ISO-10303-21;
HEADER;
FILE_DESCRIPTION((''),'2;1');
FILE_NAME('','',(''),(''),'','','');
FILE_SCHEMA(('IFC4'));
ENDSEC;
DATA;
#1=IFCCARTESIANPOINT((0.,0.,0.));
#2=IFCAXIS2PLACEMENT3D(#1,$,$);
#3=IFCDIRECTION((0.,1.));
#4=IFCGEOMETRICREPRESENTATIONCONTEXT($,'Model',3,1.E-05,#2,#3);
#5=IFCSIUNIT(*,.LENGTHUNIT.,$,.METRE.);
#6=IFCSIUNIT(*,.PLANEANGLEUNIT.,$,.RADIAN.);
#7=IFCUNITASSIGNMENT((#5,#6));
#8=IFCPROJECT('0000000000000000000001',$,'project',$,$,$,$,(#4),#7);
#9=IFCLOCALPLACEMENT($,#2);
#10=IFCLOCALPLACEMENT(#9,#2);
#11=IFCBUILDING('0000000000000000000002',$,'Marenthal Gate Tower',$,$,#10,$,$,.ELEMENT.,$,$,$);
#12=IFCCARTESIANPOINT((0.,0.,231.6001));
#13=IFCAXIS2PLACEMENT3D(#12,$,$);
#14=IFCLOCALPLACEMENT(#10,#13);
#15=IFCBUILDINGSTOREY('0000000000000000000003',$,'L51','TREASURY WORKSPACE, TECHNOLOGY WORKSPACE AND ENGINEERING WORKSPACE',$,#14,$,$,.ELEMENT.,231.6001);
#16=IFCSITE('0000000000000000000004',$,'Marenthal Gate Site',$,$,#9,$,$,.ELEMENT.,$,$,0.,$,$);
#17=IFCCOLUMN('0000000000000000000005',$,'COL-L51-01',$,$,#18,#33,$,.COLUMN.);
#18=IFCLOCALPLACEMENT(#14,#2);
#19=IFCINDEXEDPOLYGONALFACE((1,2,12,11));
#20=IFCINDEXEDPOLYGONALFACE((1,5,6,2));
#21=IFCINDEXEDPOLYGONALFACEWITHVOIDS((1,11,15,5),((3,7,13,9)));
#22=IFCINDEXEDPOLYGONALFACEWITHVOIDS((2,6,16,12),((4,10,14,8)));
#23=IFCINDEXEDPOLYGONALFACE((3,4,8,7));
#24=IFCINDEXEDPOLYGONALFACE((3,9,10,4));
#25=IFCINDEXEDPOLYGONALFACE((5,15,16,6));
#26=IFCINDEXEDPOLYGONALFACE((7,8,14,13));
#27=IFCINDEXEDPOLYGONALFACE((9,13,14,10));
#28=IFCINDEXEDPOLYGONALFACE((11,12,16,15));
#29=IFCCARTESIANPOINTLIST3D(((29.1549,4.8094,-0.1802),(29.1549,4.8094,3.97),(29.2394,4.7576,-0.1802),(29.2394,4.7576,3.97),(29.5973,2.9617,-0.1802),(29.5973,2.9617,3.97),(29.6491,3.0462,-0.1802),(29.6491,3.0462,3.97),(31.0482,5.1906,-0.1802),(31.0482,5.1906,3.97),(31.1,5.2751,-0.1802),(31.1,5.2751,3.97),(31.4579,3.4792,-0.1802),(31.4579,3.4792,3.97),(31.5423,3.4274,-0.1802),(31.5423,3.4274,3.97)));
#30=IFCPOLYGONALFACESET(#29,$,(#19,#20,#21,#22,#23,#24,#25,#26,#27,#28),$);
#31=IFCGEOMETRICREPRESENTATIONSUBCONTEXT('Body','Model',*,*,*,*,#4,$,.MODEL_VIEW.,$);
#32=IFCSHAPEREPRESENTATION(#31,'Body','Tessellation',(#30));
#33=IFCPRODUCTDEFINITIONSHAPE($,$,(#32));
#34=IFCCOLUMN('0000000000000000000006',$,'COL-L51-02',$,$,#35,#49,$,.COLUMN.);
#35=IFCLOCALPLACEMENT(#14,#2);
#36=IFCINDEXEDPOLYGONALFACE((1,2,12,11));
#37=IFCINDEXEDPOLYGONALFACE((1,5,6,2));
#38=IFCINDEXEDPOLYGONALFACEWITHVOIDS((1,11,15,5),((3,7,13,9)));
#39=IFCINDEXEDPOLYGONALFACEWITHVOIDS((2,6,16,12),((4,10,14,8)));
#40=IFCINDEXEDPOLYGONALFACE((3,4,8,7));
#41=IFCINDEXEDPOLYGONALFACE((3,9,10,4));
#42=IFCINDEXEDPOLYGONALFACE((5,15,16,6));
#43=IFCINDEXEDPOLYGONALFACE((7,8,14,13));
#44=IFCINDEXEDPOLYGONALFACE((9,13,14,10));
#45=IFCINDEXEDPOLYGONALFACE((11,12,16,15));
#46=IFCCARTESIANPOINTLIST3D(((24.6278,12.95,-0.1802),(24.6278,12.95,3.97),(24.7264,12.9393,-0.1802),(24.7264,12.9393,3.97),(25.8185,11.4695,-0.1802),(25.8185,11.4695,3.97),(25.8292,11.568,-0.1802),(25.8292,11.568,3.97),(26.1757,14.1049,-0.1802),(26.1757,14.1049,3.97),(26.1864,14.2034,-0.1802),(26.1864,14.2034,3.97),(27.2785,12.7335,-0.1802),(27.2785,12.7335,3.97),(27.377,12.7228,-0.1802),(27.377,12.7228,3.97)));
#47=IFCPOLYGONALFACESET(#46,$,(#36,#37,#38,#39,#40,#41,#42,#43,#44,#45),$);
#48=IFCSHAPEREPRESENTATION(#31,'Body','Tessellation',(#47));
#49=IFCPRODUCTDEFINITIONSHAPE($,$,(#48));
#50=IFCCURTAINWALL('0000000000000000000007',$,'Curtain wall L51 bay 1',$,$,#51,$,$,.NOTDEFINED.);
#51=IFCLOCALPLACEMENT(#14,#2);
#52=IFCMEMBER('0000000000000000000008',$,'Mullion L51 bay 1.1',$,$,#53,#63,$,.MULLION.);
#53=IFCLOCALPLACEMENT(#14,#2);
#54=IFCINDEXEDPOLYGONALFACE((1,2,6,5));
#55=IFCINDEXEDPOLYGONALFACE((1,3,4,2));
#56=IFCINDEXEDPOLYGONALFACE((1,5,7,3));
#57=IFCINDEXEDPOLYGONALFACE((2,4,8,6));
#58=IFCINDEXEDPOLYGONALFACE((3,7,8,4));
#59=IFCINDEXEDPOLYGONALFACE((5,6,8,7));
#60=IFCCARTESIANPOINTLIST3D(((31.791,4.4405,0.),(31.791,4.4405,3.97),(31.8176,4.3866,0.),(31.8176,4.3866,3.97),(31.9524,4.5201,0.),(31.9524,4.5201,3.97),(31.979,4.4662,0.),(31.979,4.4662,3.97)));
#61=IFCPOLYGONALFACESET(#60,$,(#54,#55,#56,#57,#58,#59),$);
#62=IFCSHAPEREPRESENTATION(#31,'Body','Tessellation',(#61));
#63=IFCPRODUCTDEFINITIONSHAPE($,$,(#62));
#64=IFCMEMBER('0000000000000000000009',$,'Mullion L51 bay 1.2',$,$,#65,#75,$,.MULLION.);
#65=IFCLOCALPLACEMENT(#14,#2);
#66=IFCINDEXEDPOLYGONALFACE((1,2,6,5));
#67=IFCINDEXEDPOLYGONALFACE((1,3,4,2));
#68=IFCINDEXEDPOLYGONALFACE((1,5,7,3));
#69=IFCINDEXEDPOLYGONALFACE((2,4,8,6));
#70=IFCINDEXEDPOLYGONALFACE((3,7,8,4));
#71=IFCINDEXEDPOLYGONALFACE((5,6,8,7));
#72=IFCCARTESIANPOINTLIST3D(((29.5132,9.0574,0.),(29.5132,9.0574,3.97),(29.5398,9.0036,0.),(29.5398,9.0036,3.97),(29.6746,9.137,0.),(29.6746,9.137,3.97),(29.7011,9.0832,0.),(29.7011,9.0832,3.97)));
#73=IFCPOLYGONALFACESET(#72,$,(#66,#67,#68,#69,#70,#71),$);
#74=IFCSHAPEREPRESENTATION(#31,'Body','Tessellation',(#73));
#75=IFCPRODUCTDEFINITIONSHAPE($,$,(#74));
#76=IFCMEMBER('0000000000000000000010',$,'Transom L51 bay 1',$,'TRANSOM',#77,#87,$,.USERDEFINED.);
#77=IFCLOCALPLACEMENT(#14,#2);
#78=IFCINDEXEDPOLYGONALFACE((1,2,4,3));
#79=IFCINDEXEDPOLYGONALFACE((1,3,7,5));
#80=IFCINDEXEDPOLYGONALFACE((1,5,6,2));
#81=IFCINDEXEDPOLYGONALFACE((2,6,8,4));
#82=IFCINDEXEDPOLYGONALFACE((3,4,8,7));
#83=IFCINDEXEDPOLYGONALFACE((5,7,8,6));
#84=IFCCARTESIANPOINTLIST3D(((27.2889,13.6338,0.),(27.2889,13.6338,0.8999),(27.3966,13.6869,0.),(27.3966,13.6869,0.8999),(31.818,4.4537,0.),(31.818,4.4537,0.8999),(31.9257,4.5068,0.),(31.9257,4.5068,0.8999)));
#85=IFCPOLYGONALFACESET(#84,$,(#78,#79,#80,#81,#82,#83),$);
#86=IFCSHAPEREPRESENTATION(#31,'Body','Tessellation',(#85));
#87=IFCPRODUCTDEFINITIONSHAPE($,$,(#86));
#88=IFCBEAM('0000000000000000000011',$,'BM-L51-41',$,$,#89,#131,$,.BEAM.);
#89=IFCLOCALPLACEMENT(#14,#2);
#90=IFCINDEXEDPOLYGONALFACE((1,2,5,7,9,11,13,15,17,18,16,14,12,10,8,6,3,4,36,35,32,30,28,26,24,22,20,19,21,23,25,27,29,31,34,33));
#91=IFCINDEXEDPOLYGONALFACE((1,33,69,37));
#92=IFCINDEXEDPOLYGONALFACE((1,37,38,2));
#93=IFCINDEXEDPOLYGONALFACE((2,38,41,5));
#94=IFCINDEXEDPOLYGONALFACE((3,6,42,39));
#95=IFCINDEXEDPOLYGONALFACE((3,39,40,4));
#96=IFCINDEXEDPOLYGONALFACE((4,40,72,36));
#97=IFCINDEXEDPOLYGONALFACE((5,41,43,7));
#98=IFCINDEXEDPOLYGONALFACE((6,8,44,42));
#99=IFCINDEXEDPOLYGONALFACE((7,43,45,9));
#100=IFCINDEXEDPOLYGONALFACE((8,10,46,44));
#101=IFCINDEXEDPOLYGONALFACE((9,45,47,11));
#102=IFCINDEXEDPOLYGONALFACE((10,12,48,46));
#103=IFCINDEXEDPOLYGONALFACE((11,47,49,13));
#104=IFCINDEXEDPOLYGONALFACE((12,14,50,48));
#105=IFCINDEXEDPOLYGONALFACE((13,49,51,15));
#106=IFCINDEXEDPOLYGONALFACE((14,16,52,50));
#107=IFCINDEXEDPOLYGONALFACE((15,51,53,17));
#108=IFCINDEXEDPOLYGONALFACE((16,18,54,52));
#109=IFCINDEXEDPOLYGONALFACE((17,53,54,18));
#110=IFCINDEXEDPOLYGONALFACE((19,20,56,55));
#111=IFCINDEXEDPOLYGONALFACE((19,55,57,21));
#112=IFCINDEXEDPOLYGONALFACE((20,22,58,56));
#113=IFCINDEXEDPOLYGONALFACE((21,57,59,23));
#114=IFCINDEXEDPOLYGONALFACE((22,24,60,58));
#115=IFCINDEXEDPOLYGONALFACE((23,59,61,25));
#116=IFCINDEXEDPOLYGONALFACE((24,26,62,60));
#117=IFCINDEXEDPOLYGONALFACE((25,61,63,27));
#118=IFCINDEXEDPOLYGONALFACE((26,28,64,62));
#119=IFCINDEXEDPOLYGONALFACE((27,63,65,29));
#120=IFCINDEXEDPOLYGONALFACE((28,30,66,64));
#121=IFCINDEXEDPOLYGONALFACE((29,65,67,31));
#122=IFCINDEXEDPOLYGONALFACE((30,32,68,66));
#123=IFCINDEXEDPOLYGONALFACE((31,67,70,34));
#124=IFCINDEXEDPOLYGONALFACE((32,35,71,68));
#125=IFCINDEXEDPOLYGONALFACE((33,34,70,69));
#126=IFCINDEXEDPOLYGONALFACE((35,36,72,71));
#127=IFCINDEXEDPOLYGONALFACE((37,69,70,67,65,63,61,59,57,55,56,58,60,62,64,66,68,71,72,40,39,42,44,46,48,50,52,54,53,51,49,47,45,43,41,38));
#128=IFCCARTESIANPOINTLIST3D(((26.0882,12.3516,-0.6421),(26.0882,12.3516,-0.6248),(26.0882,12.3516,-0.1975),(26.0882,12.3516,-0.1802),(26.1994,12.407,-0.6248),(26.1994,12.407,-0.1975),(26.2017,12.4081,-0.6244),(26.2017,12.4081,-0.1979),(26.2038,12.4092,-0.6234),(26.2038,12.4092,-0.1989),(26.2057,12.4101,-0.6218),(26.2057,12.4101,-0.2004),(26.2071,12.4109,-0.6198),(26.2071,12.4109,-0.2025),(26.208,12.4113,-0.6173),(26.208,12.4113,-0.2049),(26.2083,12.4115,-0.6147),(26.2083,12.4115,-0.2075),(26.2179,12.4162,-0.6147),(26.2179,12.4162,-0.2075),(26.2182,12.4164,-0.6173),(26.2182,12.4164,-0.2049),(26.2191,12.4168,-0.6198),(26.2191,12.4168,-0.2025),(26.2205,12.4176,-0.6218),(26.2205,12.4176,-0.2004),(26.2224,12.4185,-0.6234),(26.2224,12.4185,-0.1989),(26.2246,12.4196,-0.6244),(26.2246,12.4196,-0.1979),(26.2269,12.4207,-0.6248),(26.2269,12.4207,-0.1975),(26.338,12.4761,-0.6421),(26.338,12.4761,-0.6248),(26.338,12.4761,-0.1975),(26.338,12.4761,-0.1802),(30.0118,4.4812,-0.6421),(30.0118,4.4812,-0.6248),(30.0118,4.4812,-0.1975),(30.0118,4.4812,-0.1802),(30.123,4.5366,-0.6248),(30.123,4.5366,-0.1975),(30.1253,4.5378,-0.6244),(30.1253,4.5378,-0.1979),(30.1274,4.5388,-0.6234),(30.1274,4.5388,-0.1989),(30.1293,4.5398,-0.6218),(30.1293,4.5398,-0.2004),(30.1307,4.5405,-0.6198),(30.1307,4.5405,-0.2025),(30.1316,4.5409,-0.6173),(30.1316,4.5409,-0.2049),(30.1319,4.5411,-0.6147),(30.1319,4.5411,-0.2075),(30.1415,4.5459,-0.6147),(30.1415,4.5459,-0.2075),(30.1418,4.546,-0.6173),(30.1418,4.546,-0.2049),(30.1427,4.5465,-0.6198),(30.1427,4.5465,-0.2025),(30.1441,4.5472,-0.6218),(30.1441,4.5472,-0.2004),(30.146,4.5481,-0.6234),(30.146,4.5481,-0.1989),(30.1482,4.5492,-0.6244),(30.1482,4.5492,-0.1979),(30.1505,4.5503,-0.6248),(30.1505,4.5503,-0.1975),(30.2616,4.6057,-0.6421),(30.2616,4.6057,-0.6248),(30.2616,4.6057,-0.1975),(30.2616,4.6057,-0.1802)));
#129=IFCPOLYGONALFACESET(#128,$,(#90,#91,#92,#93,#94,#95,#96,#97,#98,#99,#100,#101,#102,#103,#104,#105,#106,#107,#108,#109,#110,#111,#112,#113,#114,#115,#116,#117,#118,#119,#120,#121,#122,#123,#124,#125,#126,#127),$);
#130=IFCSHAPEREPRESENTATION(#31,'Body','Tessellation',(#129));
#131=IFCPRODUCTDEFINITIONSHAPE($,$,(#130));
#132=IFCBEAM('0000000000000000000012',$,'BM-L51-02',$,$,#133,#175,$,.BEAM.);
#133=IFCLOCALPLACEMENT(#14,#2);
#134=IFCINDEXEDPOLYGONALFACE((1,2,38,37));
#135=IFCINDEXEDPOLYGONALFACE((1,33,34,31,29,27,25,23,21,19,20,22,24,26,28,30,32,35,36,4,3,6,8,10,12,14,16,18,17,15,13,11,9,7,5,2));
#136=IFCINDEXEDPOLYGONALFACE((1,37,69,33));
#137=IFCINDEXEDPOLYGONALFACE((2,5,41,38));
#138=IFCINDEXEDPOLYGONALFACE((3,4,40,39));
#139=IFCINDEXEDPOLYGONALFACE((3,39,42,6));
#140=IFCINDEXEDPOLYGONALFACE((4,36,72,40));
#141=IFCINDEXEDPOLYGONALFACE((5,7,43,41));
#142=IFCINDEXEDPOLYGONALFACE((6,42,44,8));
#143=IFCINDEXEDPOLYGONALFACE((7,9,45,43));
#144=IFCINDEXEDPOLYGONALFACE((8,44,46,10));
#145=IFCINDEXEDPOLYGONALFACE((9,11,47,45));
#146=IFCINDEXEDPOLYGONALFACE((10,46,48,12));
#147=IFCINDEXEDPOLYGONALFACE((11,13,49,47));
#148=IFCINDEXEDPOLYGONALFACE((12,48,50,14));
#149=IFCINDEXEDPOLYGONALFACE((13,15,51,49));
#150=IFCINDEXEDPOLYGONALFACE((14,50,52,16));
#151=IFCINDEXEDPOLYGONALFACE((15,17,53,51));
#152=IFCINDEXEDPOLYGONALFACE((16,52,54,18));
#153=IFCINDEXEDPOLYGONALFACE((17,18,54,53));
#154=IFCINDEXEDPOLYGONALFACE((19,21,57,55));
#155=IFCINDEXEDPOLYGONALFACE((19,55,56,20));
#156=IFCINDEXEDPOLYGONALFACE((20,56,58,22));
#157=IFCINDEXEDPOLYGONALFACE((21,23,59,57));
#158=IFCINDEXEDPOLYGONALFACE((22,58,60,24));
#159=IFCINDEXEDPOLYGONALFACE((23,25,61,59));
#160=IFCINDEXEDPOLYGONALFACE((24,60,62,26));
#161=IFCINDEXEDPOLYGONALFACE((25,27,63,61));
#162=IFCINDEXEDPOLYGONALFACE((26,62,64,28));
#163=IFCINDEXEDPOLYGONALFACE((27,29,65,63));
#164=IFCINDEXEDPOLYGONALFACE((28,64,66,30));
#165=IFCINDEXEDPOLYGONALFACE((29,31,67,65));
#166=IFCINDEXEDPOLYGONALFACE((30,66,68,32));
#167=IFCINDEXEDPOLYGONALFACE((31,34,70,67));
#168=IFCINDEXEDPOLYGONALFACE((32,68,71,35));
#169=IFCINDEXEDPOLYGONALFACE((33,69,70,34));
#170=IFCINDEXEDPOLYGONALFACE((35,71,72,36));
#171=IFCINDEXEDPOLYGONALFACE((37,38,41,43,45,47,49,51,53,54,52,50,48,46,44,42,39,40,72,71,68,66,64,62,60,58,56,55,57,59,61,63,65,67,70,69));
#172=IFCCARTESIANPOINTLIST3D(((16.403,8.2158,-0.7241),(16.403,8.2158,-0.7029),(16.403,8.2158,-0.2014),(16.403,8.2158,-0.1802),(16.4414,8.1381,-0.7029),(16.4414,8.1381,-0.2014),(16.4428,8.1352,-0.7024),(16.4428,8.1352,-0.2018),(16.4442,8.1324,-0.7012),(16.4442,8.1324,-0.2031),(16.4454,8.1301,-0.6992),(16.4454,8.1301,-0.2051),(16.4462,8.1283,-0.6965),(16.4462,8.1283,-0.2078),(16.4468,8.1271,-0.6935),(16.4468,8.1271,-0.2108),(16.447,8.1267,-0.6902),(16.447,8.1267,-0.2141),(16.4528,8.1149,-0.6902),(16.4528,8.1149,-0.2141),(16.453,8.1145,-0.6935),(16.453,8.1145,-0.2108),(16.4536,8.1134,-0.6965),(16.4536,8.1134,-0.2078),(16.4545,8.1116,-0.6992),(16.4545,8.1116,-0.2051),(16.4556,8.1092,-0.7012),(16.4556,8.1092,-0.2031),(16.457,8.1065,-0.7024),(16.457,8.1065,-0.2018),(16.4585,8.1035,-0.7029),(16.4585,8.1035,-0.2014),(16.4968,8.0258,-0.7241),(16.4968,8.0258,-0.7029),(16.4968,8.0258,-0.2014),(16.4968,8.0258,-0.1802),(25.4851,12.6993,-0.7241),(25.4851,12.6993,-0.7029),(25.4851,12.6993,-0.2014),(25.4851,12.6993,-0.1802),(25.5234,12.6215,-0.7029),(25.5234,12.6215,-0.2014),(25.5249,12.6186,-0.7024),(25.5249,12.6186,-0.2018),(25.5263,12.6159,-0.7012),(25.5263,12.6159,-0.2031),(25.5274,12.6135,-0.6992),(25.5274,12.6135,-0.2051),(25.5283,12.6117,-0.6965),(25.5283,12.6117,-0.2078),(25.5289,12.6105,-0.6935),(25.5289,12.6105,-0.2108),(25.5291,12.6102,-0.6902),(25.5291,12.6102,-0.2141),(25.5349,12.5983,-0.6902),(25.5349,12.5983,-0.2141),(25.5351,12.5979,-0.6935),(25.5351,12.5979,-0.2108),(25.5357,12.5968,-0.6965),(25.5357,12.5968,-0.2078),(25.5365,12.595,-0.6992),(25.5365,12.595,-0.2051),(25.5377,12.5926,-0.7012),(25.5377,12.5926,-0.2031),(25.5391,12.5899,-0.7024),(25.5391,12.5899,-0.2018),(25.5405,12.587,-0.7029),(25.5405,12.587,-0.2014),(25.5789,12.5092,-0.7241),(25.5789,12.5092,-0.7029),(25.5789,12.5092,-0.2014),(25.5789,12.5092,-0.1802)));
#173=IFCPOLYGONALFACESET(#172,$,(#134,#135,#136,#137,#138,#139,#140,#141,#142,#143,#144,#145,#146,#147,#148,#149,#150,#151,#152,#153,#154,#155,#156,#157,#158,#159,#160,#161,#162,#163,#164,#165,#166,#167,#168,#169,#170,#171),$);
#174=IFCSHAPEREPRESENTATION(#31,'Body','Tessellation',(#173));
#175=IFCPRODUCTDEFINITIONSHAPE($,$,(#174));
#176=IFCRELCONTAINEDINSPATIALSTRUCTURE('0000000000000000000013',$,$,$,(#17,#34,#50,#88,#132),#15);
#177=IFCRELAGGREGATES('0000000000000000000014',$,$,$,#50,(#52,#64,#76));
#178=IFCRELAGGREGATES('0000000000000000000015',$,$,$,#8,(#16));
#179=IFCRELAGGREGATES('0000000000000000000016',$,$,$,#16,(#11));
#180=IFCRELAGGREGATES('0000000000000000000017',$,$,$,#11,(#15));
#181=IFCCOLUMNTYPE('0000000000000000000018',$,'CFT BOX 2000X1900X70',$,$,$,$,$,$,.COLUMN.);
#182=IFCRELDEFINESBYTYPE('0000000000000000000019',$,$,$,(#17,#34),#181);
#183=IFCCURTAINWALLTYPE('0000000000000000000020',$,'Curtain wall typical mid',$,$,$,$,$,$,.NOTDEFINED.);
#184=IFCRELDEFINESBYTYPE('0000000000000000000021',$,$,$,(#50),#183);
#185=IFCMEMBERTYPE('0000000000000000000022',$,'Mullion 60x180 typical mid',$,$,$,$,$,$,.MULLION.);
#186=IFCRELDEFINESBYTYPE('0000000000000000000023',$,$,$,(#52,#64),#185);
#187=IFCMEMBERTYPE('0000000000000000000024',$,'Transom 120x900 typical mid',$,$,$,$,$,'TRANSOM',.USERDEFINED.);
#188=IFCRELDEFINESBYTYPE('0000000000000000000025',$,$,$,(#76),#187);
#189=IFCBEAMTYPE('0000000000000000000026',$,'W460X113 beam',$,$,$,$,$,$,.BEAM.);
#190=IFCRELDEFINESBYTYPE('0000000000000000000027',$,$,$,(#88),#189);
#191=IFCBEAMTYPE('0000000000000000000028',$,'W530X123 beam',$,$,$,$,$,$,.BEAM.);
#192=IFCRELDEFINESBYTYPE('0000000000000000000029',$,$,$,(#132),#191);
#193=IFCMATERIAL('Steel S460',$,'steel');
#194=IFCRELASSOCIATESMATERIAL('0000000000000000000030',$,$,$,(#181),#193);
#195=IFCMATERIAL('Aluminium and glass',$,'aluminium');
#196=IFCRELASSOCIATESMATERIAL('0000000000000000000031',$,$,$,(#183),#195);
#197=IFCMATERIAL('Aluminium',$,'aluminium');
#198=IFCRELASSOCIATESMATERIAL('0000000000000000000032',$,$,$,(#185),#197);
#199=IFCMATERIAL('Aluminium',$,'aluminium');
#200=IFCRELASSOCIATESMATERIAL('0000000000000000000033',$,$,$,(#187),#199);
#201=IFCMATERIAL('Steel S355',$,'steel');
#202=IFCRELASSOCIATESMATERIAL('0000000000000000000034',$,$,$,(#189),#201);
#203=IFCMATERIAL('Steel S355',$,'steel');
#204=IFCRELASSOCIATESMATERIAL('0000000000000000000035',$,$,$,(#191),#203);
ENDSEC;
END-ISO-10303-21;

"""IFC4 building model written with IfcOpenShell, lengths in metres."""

from ifc_helpers import new_model, si_unit, direction, frame, origin, origin_2d, place, context, subcontext, project, spatial, rectangle, hollow_rectangle, i_section, extrude, material, material_profile, profile_set, type_object, element, aggregate, save


model = new_model("IFC4")

# Units and contexts
model_context = context("Model", 3, precision=1e-05, world=origin(), true_north=direction((0.0, 1.0)))
body_context = subcontext(model_context, "Body", "Model", "MODEL_VIEW")
ifc_project = project(units=[si_unit("LENGTHUNIT", "METRE"), si_unit("PLANEANGLEUNIT", "RADIAN")], contexts=[model_context])

# Site, building, storey
site_placement = place(None, origin())
site = spatial("IfcSite", under=ifc_project, at=site_placement, Name="Marenthal Gate Site", CompositionType="ELEMENT", RefElevation=0.0)
building_placement = place(site_placement, origin())
building = spatial("IfcBuilding", under=site, at=building_placement, Name="Marenthal Gate Tower", CompositionType="ELEMENT")
storey_placement = place(building_placement, frame((0.0, 0.0, 231.6001)))
storey = spatial("IfcBuildingStorey", under=building, at=storey_placement, Name="L51", Description="TREASURY WORKSPACE, TECHNOLOGY WORKSPACE AND ENGINEERING WORKSPACE", CompositionType="ELEMENT", Elevation=231.6001)

# Columns
ifc_material_1 = material(Name="Steel S460", Category="steel")
ifc_material_profile_1 = material_profile(ifc_material_1, hollow_rectangle(XDim=1.8999, YDim=2.0, WallThickness=0.0701, at=origin_2d()), Name="CFT BOX 2000X1900X70")
ifc_material_2 = material(Name="Concrete 70 MPa", Category="concrete")
ifc_material_profile_2 = material_profile(ifc_material_2, rectangle(XDim=1.76, YDim=1.8601, at=origin_2d()), Name="CFT BOX 2000X1900X70 INFILL")
ifc_profile_set_1 = profile_set([ifc_material_profile_1, ifc_material_profile_2], Name="Steel S460 shell, Concrete 70 MPa infill")
column_type = type_object("IfcColumnType", Name="CFT BOX 2000X1900X70", PredefinedType="COLUMN", material=ifc_profile_set_1)
for number, where, z_axis, x_axis, name in (
    (1, (30.3486, 4.1184, -0.1802), (0.0, 0.0, 1.0), (0.232822, -0.972519, 0.0), "COL-L51-01"),
    (2, (26.0024, 12.8364, -0.1802), (0.0, 0.0, 1.0), (0.626684, -0.779273, 0.0), "COL-L51-02"),
):
    element("IfcColumn", number, at=place(storey_placement, frame(where, z_axis=z_axis, x_axis=x_axis)), inside=storey, type_object=column_type, Name=name, PredefinedType="COLUMN", context=body_context, shape_type="SweptSolid", body=[
        extrude(hollow_rectangle(XDim=1.8999, YDim=2.0, WallThickness=0.0701, at=origin_2d()), origin(), (0.0, 0.0, 1.0), 4.1501),
    ])

# Curtain wall, members
ifc_material_3 = material(Name="Aluminium and glass", Category="aluminium")
curtain_wall_type = type_object("IfcCurtainWallType", Name="Curtain wall typical mid", PredefinedType="NOTDEFINED", material=ifc_material_3)
curtain_wall_placement = place(storey_placement, origin())
curtain_wall = element("IfcCurtainWall", 3, at=curtain_wall_placement, inside=storey, type_object=curtain_wall_type, Name="Curtain wall L51 bay 1", PredefinedType="NOTDEFINED")
ifc_material_4 = material(Name="Aluminium", Category="aluminium")
ifc_material_profile_3 = material_profile(ifc_material_4, rectangle(XDim=0.1799, YDim=0.0601, at=origin_2d()), Name="60x180 aluminium mullion")
ifc_profile_set_2 = profile_set([ifc_material_profile_3], Name="Aluminium")
member_type_1 = type_object("IfcMemberType", Name="Mullion 60x180 typical mid", PredefinedType="MULLION", material=ifc_profile_set_2)
member_1_placement = place(storey_placement, frame((31.885, 4.4534, 0.0), z_axis=(0.0, 0.0, 1.0), x_axis=(-0.896798, -0.442441, 0.0)))
member_1 = element("IfcMember", 4, at=member_1_placement, type_object=member_type_1, Name="Mullion L51 bay 1.1", PredefinedType="MULLION", context=body_context, shape_type="SweptSolid", body=[
    extrude(rectangle(XDim=0.1799, YDim=0.0601, at=origin_2d()), origin(), (0.0, 0.0, 1.0), 3.97),
])
member_2_placement = place(storey_placement, frame((29.6072, 9.0703, 0.0), z_axis=(0.0, 0.0, 1.0), x_axis=(-0.896798, -0.442441, 0.0)))
member_2 = element("IfcMember", 5, at=member_2_placement, type_object=member_type_1, Name="Mullion L51 bay 1.2", PredefinedType="MULLION", context=body_context, shape_type="SweptSolid", body=[
    extrude(rectangle(XDim=0.1799, YDim=0.0601, at=origin_2d()), origin(), (0.0, 0.0, 1.0), 3.97),
])
ifc_material_5 = material(Name="Aluminium", Category="aluminium")
ifc_material_profile_4 = material_profile(ifc_material_5, rectangle(XDim=0.1201, YDim=0.8999, at=origin_2d()), Name="120x900 aluminium transom")
ifc_profile_set_3 = profile_set([ifc_material_profile_4], Name="Aluminium")
member_type_2 = type_object("IfcMemberType", Name="Transom 120x900 typical mid", ElementType="TRANSOM", PredefinedType="USERDEFINED", material=ifc_profile_set_3)
member_3_placement = place(storey_placement, frame((31.8718, 4.4802, 0.45), z_axis=(-0.442437, 0.896799, 0.0), x_axis=(-0.896799, -0.442437, 0.0)))
member_3 = element("IfcMember", 6, at=member_3_placement, type_object=member_type_2, Name="Transom L51 bay 1", ObjectType="TRANSOM", PredefinedType="USERDEFINED", context=body_context, shape_type="SweptSolid", body=[
    extrude(rectangle(XDim=0.1201, YDim=0.8999, at=origin_2d()), origin(), (0.0, 0.0, 1.0), 10.2366),
])

# Beams
ifc_material_6 = material(Name="Steel S355", Category="steel")
ifc_material_profile_5 = material_profile(ifc_material_6, i_section(OverallWidth=0.2791, OverallDepth=0.4619, WebThickness=0.0107, FlangeThickness=0.0173, FilletRadius=0.01, at=origin_2d()), Name="W460X113")
ifc_profile_set_4 = profile_set([ifc_material_profile_5], Name="Steel S355")
beam_type_1 = type_object("IfcBeamType", Name="W460X113 beam", PredefinedType="BEAM", material=ifc_profile_set_4)
beam_1_placement = place(storey_placement, frame((30.1367, 4.5435, -0.4111), z_axis=(-0.446158, 0.894954, 0.0), x_axis=(-0.894954, -0.446158, 0.0)))
element("IfcBeam", 7, at=beam_1_placement, inside=storey, type_object=beam_type_1, Name="BM-L51-41", PredefinedType="BEAM", context=body_context, shape_type="SweptSolid", body=[
    extrude(i_section(OverallWidth=0.2791, OverallDepth=0.4619, WebThickness=0.0107, FlangeThickness=0.0173, FilletRadius=0.01, at=origin_2d()), origin(), (0.0, 0.0, 1.0), 8.7942),
])
ifc_material_7 = material(Name="Steel S355", Category="steel")
ifc_material_profile_6 = material_profile(ifc_material_7, i_section(OverallWidth=0.2119, OverallDepth=0.5439, WebThickness=0.0132, FlangeThickness=0.0212, FilletRadius=0.0127, at=origin_2d()), Name="W530X123")
ifc_profile_set_5 = profile_set([ifc_material_profile_6], Name="Steel S355")
beam_type_2 = type_object("IfcBeamType", Name="W530X123 beam", PredefinedType="BEAM", material=ifc_profile_set_5)
beam_2_placement = place(storey_placement, frame((25.532, 12.6042, -0.4521), z_axis=(-0.896691, -0.442657, 0.0), x_axis=(0.442657, -0.896691, 0.0)))
element("IfcBeam", 8, at=beam_2_placement, inside=storey, type_object=beam_type_2, Name="BM-L51-02", PredefinedType="BEAM", context=body_context, shape_type="SweptSolid", body=[
    extrude(i_section(OverallWidth=0.2119, OverallDepth=0.5439, WebThickness=0.0132, FlangeThickness=0.0212, FilletRadius=0.0127, at=origin_2d()), origin(), (0.0, 0.0, 1.0), 10.1284),
])

aggregate(curtain_wall, [member_1, member_2, member_3])

save(model, "model.ifc")
